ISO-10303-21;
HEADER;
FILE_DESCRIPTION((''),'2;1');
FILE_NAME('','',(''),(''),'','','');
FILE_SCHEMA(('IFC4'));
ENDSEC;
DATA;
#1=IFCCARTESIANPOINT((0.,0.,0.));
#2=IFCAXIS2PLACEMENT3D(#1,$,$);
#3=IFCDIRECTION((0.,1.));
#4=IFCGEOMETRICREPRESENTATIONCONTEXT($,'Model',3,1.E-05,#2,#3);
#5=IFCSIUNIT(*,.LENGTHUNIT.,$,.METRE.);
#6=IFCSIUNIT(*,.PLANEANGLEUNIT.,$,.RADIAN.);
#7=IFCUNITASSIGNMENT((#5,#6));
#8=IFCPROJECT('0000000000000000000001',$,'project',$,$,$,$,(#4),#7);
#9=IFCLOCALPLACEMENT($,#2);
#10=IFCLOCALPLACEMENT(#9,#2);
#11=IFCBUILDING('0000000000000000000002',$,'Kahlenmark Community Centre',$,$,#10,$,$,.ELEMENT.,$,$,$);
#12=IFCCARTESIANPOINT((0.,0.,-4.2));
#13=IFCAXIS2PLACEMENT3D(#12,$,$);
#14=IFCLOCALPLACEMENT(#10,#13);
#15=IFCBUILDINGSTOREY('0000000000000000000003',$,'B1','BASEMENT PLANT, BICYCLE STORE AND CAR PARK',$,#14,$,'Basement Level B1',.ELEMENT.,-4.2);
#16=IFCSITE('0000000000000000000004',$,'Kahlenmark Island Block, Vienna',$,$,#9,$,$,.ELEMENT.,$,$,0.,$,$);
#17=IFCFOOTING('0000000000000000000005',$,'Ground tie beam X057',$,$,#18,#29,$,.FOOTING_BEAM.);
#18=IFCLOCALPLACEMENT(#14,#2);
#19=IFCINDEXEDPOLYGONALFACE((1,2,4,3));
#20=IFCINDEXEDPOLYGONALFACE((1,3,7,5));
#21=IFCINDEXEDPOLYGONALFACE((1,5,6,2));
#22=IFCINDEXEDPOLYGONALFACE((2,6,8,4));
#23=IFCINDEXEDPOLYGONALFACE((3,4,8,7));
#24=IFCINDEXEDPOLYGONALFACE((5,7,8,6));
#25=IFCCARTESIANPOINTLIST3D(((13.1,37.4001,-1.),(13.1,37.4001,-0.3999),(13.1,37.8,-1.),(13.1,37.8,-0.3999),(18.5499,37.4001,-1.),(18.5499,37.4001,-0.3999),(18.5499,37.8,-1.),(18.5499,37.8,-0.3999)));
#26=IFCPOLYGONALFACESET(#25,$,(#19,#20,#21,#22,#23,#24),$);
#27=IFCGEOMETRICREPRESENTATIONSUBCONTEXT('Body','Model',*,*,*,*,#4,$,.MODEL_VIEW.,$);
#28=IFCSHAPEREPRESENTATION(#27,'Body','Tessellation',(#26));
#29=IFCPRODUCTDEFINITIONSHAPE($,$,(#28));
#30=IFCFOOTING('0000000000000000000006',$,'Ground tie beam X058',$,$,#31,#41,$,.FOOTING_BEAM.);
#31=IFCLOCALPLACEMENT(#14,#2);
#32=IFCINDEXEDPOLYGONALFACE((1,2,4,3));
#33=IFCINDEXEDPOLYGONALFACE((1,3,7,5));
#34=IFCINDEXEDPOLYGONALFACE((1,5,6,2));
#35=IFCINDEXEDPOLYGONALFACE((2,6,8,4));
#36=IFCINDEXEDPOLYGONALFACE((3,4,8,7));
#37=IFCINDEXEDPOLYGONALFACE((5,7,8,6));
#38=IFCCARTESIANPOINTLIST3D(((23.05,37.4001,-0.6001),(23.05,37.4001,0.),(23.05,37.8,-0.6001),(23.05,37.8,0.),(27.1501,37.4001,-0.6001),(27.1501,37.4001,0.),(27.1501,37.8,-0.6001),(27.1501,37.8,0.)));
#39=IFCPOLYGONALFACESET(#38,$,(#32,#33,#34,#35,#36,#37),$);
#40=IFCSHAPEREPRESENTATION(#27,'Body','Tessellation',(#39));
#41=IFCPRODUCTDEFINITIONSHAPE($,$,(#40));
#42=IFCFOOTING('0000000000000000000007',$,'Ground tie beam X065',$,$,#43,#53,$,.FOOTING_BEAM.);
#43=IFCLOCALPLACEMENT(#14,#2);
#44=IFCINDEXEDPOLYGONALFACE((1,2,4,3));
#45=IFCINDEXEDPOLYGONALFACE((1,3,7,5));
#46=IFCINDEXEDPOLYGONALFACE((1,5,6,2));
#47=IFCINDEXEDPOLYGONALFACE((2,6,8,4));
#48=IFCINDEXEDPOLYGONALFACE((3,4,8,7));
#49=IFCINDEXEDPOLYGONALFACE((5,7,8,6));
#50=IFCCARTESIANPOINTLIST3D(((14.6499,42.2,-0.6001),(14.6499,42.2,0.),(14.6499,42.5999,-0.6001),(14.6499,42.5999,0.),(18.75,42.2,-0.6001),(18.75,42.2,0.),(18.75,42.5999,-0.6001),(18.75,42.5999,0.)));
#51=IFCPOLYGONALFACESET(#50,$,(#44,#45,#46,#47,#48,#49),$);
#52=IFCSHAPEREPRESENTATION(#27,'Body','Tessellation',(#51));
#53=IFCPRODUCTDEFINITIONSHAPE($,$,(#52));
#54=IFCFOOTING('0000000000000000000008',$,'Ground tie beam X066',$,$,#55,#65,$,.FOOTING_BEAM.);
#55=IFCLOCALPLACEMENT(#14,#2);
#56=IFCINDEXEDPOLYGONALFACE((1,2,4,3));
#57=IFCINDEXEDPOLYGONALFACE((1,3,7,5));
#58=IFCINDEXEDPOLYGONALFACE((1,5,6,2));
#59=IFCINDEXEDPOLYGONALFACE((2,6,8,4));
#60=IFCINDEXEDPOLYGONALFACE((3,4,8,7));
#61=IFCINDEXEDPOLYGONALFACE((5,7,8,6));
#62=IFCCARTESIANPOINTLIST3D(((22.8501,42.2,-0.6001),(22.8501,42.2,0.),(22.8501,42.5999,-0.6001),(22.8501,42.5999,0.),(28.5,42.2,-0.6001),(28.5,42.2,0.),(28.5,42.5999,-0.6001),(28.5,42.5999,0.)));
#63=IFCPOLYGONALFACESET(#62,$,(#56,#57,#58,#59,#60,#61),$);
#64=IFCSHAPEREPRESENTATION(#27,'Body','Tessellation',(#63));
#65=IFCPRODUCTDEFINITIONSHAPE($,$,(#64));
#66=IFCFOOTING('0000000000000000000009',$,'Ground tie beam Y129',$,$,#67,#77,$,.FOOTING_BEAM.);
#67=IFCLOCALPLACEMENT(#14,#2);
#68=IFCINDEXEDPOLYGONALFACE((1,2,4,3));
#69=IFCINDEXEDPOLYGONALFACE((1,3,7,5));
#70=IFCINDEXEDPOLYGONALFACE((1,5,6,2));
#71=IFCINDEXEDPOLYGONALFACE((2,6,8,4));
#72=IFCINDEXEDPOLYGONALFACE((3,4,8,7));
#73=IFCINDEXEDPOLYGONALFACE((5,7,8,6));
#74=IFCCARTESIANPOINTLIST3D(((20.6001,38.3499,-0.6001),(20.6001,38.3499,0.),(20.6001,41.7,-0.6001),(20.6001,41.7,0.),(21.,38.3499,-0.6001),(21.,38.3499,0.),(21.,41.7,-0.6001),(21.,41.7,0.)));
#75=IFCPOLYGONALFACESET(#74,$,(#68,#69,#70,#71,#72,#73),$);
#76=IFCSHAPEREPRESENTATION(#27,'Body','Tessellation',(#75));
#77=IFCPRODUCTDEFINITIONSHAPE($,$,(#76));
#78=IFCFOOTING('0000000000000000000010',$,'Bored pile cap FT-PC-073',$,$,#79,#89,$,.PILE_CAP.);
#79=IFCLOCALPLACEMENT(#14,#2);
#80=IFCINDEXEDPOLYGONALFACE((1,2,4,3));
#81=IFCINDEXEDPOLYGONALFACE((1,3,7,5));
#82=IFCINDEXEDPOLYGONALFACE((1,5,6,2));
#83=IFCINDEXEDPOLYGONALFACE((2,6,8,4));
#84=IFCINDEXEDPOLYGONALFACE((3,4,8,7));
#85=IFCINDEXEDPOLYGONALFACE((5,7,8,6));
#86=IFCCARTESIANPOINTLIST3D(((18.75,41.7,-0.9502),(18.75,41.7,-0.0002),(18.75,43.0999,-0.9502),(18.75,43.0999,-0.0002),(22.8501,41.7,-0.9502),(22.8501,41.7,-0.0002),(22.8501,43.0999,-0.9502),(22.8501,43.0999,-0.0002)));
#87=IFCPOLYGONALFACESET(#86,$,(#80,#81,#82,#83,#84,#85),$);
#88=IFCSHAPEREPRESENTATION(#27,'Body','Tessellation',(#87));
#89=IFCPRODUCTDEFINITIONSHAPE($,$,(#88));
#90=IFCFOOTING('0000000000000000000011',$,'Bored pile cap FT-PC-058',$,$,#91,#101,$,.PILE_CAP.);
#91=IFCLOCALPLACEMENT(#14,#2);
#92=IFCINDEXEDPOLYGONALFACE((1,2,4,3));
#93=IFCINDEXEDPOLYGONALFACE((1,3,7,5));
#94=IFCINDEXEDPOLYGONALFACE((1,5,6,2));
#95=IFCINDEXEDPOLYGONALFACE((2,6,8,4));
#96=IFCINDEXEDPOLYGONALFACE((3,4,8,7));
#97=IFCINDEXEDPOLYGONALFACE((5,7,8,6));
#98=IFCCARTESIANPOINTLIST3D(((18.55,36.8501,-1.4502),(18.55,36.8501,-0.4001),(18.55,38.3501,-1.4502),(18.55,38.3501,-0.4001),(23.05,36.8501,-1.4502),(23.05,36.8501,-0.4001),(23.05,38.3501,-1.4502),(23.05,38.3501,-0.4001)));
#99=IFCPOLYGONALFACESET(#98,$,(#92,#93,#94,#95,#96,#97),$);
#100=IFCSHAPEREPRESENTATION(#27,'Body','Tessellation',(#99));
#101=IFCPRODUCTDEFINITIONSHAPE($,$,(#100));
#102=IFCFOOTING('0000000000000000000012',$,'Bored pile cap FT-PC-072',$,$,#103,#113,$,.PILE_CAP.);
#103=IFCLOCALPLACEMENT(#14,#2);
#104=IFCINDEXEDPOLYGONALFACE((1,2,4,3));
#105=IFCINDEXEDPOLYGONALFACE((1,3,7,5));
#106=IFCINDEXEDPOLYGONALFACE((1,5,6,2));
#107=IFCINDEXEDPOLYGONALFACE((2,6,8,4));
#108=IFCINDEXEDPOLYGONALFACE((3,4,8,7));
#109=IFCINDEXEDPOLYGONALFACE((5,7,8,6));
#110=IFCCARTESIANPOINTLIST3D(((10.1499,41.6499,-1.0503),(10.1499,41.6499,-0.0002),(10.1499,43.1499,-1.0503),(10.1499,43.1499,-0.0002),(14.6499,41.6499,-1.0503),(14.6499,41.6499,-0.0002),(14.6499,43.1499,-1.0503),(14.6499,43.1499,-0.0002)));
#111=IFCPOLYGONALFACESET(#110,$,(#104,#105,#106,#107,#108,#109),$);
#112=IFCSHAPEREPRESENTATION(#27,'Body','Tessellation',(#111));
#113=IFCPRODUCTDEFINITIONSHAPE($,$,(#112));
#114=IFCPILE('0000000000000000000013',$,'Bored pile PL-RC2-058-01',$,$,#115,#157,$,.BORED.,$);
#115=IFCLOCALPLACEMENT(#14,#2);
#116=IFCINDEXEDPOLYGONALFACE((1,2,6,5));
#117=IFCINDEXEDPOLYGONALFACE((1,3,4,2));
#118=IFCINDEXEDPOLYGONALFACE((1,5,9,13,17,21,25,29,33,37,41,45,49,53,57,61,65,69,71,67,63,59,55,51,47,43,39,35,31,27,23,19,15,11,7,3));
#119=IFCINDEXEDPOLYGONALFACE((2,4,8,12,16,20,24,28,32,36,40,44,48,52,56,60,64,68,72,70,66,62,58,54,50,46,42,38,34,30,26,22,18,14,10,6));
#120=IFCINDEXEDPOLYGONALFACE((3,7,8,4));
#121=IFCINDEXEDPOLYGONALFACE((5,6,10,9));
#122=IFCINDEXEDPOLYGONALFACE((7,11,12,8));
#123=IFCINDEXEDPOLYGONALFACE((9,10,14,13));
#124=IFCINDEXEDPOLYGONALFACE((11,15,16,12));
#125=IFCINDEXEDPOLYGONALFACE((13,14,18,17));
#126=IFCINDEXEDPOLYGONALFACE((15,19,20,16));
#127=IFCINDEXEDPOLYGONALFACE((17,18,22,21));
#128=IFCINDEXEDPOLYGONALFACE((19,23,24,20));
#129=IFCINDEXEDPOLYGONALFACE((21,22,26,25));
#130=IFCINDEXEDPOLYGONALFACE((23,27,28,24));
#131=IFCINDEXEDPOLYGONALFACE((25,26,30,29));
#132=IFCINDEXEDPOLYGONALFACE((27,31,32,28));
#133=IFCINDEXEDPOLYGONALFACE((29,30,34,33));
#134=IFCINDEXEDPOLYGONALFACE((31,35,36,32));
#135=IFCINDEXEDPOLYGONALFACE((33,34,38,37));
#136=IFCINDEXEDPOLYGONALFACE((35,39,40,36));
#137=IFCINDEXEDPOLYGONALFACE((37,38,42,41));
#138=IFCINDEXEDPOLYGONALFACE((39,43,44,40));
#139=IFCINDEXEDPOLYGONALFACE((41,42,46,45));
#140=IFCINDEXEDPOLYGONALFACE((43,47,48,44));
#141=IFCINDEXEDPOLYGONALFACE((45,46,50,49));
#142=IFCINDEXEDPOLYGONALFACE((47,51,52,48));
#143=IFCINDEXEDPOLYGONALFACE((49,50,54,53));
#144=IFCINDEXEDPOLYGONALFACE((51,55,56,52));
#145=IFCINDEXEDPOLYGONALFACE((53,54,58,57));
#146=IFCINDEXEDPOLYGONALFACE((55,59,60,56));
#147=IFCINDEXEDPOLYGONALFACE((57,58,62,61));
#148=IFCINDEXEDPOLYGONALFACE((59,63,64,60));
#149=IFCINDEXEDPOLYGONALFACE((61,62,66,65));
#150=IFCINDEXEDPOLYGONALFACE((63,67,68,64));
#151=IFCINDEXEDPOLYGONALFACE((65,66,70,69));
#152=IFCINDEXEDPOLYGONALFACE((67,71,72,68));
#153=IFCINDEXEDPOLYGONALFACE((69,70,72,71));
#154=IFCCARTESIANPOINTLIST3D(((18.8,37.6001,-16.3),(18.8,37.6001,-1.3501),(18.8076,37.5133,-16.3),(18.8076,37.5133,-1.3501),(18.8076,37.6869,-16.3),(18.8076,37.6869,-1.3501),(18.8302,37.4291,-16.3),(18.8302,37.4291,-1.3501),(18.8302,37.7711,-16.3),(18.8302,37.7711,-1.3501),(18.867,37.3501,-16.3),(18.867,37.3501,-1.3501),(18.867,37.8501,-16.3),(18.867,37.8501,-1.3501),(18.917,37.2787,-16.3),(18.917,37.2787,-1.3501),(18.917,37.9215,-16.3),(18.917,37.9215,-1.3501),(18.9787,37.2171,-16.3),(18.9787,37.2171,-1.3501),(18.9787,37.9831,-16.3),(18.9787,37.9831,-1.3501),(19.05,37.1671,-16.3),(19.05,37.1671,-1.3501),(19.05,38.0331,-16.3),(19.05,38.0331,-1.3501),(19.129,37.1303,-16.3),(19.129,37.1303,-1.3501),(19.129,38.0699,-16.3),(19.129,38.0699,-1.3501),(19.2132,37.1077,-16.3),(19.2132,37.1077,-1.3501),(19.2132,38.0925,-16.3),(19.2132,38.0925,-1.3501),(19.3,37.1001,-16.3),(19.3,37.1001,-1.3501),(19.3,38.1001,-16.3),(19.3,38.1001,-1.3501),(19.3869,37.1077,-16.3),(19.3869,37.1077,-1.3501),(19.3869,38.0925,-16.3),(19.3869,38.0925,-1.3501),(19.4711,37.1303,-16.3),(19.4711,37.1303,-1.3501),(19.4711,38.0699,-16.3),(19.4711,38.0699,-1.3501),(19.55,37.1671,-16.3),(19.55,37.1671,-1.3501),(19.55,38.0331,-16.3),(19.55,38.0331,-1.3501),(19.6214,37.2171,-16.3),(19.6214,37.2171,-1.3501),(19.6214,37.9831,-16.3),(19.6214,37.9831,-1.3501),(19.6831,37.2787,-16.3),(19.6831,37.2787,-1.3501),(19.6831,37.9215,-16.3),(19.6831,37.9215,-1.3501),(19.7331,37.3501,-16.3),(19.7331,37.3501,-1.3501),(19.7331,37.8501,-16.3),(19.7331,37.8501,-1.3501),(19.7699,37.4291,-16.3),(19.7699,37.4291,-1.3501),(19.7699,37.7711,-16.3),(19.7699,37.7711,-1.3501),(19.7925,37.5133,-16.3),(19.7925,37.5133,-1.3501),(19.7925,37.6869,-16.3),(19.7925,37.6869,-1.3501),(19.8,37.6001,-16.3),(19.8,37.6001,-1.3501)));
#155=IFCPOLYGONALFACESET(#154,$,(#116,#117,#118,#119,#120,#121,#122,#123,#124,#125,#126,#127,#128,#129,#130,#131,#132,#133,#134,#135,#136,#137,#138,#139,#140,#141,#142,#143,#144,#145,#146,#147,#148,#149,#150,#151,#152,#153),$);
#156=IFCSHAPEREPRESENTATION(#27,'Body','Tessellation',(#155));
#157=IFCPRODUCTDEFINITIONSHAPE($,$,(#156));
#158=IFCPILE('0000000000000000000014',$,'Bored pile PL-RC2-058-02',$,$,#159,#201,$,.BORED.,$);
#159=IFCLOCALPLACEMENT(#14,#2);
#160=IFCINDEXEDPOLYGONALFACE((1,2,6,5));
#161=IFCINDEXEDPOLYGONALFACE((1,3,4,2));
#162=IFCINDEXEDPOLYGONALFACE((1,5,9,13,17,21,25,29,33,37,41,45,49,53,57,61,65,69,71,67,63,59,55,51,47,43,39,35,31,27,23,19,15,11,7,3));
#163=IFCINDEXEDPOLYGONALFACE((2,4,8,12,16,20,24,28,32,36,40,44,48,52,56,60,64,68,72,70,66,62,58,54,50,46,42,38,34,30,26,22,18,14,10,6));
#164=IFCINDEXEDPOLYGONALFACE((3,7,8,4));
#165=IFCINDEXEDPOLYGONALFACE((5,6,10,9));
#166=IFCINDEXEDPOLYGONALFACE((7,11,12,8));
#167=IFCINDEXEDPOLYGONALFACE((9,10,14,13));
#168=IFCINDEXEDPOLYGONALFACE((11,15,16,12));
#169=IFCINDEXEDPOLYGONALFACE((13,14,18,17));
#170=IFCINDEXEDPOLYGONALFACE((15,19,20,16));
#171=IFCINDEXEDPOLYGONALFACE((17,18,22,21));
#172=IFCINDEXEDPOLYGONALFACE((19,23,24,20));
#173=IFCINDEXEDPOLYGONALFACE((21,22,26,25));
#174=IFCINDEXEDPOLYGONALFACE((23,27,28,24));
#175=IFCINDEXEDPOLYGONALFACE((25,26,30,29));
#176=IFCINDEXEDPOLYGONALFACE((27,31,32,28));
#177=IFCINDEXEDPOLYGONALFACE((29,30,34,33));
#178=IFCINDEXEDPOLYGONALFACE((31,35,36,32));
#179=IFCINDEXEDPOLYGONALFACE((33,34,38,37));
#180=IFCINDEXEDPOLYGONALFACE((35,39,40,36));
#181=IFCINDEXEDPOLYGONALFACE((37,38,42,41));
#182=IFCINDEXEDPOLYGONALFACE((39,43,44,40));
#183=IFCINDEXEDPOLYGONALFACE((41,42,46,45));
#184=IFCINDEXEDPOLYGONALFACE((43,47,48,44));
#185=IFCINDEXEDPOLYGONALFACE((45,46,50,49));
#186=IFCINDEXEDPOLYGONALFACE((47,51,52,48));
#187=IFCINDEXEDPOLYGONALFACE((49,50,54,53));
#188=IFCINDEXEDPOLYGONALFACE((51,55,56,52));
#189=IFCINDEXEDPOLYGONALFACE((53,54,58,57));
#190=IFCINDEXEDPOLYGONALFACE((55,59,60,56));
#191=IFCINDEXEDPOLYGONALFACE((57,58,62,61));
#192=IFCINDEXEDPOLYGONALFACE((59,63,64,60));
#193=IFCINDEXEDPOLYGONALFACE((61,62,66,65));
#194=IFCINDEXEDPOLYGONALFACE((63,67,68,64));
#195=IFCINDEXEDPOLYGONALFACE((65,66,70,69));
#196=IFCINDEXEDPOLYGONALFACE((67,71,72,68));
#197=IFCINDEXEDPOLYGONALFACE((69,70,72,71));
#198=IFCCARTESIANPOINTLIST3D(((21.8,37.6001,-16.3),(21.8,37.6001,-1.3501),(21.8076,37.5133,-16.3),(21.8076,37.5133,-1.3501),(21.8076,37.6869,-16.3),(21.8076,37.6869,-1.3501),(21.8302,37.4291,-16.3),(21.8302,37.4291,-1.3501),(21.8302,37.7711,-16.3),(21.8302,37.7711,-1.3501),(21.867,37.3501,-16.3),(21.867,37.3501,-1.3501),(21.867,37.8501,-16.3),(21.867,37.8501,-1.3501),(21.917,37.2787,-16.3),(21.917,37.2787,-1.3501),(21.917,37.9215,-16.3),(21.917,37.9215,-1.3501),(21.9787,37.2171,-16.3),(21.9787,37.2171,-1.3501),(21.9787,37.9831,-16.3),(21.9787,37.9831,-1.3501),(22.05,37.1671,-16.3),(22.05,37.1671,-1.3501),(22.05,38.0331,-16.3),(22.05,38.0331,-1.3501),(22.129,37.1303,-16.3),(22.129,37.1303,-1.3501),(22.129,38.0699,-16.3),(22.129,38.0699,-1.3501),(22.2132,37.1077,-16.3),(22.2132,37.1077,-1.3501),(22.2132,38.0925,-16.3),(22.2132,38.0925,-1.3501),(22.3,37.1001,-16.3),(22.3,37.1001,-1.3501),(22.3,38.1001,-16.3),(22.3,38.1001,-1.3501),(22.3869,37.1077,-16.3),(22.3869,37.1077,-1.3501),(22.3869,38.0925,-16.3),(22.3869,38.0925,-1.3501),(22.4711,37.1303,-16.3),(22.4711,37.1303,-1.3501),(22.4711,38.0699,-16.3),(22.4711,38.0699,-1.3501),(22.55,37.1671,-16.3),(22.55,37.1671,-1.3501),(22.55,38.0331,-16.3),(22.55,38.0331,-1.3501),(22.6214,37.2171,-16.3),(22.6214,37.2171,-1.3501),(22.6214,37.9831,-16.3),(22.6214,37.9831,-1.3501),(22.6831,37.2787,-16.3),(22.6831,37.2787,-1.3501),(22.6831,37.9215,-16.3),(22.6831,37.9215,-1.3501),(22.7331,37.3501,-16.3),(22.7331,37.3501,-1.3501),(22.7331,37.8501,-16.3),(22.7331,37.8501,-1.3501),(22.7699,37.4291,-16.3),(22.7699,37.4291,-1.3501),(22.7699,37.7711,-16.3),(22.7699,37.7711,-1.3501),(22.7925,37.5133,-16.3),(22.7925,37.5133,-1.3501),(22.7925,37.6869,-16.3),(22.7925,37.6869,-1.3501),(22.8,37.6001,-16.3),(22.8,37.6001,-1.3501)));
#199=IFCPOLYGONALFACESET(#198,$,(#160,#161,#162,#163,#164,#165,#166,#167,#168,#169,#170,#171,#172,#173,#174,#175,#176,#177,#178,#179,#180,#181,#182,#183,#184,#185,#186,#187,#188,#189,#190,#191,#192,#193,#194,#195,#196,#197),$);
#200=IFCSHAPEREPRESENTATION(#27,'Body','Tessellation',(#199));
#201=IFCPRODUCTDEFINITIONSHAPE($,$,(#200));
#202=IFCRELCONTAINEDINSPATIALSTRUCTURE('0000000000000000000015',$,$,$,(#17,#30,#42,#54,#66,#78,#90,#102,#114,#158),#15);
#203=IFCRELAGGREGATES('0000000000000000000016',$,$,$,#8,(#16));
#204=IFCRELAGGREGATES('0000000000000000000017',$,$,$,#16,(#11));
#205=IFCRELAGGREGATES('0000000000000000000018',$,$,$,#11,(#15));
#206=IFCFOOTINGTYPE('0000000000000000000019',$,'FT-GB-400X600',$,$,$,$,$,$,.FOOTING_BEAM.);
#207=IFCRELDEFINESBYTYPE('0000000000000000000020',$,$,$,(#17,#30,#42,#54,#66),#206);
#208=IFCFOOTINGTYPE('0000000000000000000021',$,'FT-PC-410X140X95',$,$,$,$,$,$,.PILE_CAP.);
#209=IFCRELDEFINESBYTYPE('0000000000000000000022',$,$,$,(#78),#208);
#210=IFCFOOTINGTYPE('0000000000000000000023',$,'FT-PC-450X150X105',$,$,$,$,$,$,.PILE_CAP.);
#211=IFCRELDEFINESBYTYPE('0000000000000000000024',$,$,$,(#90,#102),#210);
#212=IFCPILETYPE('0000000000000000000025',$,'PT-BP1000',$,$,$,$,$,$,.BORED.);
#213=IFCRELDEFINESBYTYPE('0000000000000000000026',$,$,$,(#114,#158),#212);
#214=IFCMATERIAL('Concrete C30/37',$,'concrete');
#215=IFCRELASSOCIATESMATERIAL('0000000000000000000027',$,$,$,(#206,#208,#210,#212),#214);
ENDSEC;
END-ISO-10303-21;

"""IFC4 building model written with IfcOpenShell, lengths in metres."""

from ifc_helpers import new_model, si_unit, direction, frame, origin, origin_2d, place, context, subcontext, project, spatial, rectangle, circle, extrude, material, material_profile, profile_set, type_object, element, save


model = new_model("IFC4")

# Units and contexts
model_context = context("Model", 3, precision=1e-05, world=origin(), true_north=direction((0.0, 1.0)))
body_context = subcontext(model_context, "Body", "Model", "MODEL_VIEW")
ifc_project = project(units=[si_unit("LENGTHUNIT", "METRE"), si_unit("PLANEANGLEUNIT", "RADIAN")], contexts=[model_context])

# Site, building, storey
site_placement = place(None, origin())
site = spatial("IfcSite", under=ifc_project, at=site_placement, Name="Kahlenmark Island Block, Vienna", CompositionType="ELEMENT", RefElevation=0.0)
building_placement = place(site_placement, origin())
building = spatial("IfcBuilding", under=site, at=building_placement, Name="Kahlenmark Community Centre", CompositionType="ELEMENT")
storey_placement = place(building_placement, frame((0.0, 0.0, -4.2)))
storey = spatial("IfcBuildingStorey", under=building, at=storey_placement, Name="B1", Description="BASEMENT PLANT, BICYCLE STORE AND CAR PARK", LongName="Basement Level B1", CompositionType="ELEMENT", Elevation=-4.2)

# Footings
ifc_material_1 = material(Name="Concrete C30/37", Category="concrete")
footing_type_1 = type_object("IfcFootingType", Name="FT-GB-400X600", PredefinedType="FOOTING_BEAM", material=ifc_material_1)
footing_1_placement = place(storey_placement, frame((15.825, 37.6001, -1.0), z_axis=(0.0, 0.0, 1.0), x_axis=(1.0, 0.0, 0.0)))
element("IfcFooting", 1, at=footing_1_placement, inside=storey, type_object=footing_type_1, Name="Ground tie beam X057", PredefinedType="FOOTING_BEAM", context=body_context, shape_type="SweptSolid", body=[
    extrude(rectangle(XDim=5.45, YDim=0.3999, at=origin_2d()), origin(), (0.0, 0.0, 1.0), 0.6001),
])
for number, where, z_axis, x_axis, name in (
    (2, (25.1001, 37.6001, -0.6001), (0.0, 0.0, 1.0), (1.0, 0.0, 0.0), "Ground tie beam X058"),
    (3, (16.7, 42.3999, -0.6001), (0.0, 0.0, 1.0), (1.0, 0.0, 0.0), "Ground tie beam X065"),
):
    element("IfcFooting", number, at=place(storey_placement, frame(where, z_axis=z_axis, x_axis=x_axis)), inside=storey, type_object=footing_type_1, Name=name, PredefinedType="FOOTING_BEAM", context=body_context, shape_type="SweptSolid", body=[
        extrude(rectangle(XDim=4.1001, YDim=0.3999, at=origin_2d()), origin(), (0.0, 0.0, 1.0), 0.6001),
    ])
footing_2_placement = place(storey_placement, frame((25.675, 42.3999, -0.6001), z_axis=(0.0, 0.0, 1.0), x_axis=(1.0, 0.0, 0.0)))
element("IfcFooting", 4, at=footing_2_placement, inside=storey, type_object=footing_type_1, Name="Ground tie beam X066", PredefinedType="FOOTING_BEAM", context=body_context, shape_type="SweptSolid", body=[
    extrude(rectangle(XDim=5.6499, YDim=0.3999, at=origin_2d()), origin(), (0.0, 0.0, 1.0), 0.6001),
])
footing_3_placement = place(storey_placement, frame((20.8, 40.0249, -0.6001), z_axis=(0.0, 0.0, 1.0), x_axis=(1.0, 0.0, 0.0)))
element("IfcFooting", 5, at=footing_3_placement, inside=storey, type_object=footing_type_1, Name="Ground tie beam Y129", PredefinedType="FOOTING_BEAM", context=body_context, shape_type="SweptSolid", body=[
    extrude(rectangle(XDim=0.3999, YDim=3.3501, at=origin_2d()), origin(), (0.0, 0.0, 1.0), 0.6001),
])
footing_type_2 = type_object("IfcFootingType", Name="FT-PC-410X140X95", PredefinedType="PILE_CAP", material=ifc_material_1)
footing_4_placement = place(storey_placement, frame((20.8, 42.3999, -0.9502), z_axis=(0.0, 0.0, 1.0), x_axis=(1.0, 0.0, 0.0)))
element("IfcFooting", 6, at=footing_4_placement, inside=storey, type_object=footing_type_2, Name="Bored pile cap FT-PC-073", PredefinedType="PILE_CAP", context=body_context, shape_type="SweptSolid", body=[
    extrude(rectangle(XDim=4.1001, YDim=1.3999, at=origin_2d()), origin(), (0.0, 0.0, 1.0), 0.95),
])
footing_type_3 = type_object("IfcFootingType", Name="FT-PC-450X150X105", PredefinedType="PILE_CAP", material=ifc_material_1)
for number, where, z_axis, x_axis, name in (
    (7, (20.8, 37.6001, -1.4502), (0.0, 0.0, 1.0), (1.0, 0.0, 0.0), "Bored pile cap FT-PC-058"),
    (8, (12.3999, 42.3999, -1.0503), (0.0, 0.0, 1.0), (1.0, 0.0, 0.0), "Bored pile cap FT-PC-072"),
):
    element("IfcFooting", number, at=place(storey_placement, frame(where, z_axis=z_axis, x_axis=x_axis)), inside=storey, type_object=footing_type_3, Name=name, PredefinedType="PILE_CAP", context=body_context, shape_type="SweptSolid", body=[
        extrude(rectangle(XDim=4.5, YDim=1.5, at=origin_2d()), origin(), (0.0, 0.0, 1.0), 1.05),
    ])

# Piles
ifc_material_profile_1 = material_profile(ifc_material_1, circle(Radius=0.5, at=origin_2d()), Name="BORED PILE 1000")
ifc_profile_set_1 = profile_set([ifc_material_profile_1], Name="Concrete C30/37")
pile_type_1 = type_object("IfcPileType", Name="PT-BP1000", PredefinedType="BORED", material=ifc_profile_set_1)
for number, where, z_axis, x_axis, name in (
    (9, (19.3, 37.6001, -1.3501), (0.0, 0.0, -1.0), (1.0, 0.0, 0.0), "Bored pile PL-RC2-058-01"),
    (10, (22.3, 37.6001, -1.3501), (0.0, 0.0, -1.0), (1.0, 0.0, 0.0), "Bored pile PL-RC2-058-02"),
):
    element("IfcPile", number, at=place(storey_placement, frame(where, z_axis=z_axis, x_axis=x_axis)), inside=storey, type_object=pile_type_1, Name=name, PredefinedType="BORED", context=body_context, shape_type="SweptSolid", body=[
        extrude(circle(Radius=0.5, at=origin_2d()), origin(), (0.0, 0.0, 1.0), 14.95),
    ])

save(model, "model.ifc")
